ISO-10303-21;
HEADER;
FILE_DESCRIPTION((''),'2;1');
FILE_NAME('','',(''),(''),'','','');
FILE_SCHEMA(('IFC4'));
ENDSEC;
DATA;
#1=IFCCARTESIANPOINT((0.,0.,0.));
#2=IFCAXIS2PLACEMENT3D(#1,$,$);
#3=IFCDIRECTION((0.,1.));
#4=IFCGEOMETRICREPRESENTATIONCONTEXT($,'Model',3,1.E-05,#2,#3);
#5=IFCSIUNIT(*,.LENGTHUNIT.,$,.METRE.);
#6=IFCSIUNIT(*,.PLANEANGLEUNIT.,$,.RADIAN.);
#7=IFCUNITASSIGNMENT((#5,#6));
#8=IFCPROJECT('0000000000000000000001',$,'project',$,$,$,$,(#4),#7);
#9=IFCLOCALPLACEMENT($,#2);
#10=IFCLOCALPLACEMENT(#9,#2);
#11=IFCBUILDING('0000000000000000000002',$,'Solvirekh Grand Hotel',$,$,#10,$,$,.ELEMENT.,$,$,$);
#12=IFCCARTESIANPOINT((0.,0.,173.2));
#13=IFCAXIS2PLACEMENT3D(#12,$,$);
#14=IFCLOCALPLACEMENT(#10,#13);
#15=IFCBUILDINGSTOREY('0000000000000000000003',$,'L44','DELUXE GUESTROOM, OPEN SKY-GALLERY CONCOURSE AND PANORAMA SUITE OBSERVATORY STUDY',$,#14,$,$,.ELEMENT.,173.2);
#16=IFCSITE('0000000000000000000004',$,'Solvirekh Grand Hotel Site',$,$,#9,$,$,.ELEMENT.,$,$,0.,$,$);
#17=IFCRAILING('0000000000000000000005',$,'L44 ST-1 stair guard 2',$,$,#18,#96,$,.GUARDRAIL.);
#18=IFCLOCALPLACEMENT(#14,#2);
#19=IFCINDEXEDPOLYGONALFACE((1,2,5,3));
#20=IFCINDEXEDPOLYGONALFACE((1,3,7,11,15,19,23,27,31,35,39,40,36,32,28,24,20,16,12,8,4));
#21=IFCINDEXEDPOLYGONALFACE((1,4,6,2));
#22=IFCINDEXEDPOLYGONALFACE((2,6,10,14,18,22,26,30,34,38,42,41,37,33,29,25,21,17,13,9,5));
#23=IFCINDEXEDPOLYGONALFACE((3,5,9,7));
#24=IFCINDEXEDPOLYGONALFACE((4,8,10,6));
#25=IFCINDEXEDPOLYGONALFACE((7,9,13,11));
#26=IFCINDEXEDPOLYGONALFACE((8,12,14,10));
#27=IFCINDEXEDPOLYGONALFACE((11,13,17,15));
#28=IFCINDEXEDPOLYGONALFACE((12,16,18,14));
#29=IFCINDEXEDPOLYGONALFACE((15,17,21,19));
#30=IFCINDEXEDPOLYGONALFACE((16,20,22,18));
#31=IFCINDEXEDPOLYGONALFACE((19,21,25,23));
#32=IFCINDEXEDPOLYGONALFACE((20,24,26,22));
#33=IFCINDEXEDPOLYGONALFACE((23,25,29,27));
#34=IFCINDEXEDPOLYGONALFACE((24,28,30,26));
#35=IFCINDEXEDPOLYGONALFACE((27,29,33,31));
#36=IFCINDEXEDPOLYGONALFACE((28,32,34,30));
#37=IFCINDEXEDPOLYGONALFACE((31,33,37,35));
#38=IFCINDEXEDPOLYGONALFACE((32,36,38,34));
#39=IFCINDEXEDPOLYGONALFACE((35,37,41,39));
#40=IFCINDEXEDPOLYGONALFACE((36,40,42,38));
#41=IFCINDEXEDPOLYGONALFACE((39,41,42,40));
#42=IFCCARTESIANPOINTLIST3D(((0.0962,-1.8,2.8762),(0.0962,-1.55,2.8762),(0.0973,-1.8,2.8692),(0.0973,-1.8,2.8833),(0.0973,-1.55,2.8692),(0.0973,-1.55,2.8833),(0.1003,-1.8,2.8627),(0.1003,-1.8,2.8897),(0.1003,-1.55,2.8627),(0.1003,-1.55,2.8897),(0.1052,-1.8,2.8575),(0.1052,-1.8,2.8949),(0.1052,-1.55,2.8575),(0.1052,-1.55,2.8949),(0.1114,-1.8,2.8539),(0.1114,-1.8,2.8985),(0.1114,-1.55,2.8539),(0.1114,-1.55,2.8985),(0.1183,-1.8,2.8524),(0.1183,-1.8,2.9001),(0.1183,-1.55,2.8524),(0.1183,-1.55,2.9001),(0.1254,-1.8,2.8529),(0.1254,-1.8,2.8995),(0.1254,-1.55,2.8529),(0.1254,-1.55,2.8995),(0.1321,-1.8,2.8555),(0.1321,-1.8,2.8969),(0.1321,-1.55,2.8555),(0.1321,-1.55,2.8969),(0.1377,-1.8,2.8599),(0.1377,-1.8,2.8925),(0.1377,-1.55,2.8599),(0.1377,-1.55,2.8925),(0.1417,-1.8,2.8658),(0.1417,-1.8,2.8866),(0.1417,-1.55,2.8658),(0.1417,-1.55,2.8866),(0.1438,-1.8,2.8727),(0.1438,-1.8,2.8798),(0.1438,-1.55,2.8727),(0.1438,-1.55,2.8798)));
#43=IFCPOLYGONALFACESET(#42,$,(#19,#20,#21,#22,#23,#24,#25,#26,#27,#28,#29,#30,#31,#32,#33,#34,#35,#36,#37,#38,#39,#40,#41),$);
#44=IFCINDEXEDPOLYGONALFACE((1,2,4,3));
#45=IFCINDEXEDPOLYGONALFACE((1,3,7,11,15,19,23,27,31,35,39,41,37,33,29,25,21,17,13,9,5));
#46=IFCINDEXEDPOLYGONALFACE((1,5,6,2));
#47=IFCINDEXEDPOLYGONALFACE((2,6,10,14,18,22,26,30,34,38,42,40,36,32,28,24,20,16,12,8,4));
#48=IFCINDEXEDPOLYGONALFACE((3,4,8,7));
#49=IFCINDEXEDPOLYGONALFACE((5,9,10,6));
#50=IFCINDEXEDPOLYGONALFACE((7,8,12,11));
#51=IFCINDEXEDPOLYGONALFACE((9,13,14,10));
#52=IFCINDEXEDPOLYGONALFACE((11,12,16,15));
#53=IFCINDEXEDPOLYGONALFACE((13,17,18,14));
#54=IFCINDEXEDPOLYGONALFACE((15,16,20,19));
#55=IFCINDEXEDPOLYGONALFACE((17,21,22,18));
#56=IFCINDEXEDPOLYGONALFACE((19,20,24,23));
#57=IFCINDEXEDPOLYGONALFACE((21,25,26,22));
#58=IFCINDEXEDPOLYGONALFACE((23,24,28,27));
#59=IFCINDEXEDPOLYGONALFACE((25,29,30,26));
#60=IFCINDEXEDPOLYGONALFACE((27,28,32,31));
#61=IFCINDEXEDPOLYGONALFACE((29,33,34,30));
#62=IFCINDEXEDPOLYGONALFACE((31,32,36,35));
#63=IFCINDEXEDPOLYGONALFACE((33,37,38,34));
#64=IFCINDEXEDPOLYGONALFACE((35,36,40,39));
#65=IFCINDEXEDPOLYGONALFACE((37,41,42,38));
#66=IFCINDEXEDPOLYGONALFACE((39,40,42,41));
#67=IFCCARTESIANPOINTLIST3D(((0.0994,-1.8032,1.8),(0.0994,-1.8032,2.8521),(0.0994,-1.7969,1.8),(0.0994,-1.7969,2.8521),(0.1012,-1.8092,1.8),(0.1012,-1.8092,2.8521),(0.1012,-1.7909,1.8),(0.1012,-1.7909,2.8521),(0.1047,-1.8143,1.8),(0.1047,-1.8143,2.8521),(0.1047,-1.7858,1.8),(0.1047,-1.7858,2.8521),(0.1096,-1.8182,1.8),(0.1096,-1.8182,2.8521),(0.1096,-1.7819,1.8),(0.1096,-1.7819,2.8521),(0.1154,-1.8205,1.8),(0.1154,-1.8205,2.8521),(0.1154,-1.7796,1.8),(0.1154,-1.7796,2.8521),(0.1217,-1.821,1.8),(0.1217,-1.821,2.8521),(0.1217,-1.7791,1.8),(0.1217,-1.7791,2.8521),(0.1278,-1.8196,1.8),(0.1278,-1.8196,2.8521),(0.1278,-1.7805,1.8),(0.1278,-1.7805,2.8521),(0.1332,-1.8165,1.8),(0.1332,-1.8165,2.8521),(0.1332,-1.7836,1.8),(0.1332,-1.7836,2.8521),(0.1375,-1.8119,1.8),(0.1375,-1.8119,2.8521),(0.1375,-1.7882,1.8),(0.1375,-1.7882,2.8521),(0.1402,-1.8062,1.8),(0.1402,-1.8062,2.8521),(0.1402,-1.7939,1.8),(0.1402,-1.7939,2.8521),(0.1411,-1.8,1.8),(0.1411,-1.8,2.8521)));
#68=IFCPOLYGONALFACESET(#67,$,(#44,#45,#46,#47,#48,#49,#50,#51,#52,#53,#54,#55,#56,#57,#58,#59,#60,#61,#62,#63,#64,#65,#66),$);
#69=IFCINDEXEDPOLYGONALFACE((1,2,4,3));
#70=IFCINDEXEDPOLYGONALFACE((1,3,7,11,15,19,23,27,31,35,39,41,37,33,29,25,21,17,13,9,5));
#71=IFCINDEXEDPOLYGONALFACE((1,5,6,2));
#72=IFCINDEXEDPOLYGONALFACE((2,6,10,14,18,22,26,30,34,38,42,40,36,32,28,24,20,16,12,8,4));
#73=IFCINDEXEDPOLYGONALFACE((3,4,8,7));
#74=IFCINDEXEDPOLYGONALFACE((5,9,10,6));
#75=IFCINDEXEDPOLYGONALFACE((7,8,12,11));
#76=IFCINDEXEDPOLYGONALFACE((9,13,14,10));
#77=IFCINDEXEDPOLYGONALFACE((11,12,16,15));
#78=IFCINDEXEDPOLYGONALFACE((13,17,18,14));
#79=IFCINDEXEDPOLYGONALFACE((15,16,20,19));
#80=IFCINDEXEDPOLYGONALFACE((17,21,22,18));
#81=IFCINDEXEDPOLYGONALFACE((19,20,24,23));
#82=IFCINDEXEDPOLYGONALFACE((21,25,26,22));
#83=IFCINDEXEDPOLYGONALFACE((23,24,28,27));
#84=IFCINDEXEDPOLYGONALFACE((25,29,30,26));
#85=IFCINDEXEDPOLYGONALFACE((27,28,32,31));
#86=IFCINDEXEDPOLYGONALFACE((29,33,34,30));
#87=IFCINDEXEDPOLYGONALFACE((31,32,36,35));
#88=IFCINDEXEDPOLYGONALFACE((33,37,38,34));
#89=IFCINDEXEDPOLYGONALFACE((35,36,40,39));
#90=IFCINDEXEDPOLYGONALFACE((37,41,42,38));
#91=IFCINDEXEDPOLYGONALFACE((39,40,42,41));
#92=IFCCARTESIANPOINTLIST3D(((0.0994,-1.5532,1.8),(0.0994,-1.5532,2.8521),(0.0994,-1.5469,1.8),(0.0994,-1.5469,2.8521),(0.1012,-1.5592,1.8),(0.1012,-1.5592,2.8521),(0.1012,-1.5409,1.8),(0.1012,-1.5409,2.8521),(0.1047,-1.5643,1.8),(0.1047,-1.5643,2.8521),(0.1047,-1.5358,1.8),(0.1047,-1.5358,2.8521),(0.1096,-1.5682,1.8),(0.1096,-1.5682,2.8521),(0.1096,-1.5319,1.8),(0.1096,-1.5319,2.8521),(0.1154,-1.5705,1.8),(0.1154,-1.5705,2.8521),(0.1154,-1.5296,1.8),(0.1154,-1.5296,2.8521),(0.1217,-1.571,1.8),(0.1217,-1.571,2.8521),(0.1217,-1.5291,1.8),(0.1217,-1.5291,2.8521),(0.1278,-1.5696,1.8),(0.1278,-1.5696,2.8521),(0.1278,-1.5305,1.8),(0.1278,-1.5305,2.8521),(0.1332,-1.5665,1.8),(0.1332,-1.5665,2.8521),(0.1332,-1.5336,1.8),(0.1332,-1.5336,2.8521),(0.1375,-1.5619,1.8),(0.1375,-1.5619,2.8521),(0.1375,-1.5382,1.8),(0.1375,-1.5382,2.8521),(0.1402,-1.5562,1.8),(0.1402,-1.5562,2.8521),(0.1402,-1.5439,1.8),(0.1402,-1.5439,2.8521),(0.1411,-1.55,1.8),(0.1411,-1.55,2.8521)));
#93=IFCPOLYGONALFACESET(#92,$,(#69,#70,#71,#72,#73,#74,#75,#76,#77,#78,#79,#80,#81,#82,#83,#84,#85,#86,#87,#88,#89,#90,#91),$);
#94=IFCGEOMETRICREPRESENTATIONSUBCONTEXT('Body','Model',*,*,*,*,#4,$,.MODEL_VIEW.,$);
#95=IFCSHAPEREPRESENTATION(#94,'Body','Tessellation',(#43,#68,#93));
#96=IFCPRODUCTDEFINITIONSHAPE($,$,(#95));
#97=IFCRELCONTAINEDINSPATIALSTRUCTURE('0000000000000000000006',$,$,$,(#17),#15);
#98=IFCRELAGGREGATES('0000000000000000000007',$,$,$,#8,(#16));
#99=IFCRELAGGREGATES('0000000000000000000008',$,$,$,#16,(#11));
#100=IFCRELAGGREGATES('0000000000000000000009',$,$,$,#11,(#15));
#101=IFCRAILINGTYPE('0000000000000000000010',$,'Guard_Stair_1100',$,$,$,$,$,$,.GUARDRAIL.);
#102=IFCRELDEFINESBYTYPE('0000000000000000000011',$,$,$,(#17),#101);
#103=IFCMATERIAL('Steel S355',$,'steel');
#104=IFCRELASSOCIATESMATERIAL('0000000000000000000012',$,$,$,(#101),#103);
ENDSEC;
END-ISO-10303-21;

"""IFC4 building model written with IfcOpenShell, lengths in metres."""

from ifc_helpers import new_model, si_unit, direction, frame, origin, origin_2d, place, context, subcontext, project, spatial, circle, extrude, material, type_object, element, save


model = new_model("IFC4")

# Units and contexts
model_context = context("Model", 3, precision=1e-05, world=origin(), true_north=direction((0.0, 1.0)))
body_context = subcontext(model_context, "Body", "Model", "MODEL_VIEW")
ifc_project = project(units=[si_unit("LENGTHUNIT", "METRE"), si_unit("PLANEANGLEUNIT", "RADIAN")], contexts=[model_context])

# Site, building, storey
site_placement = place(None, origin())
site = spatial("IfcSite", under=ifc_project, at=site_placement, Name="Solvirekh Grand Hotel Site", CompositionType="ELEMENT", RefElevation=0.0)
building_placement = place(site_placement, origin())
building = spatial("IfcBuilding", under=site, at=building_placement, Name="Solvirekh Grand Hotel", CompositionType="ELEMENT")
storey_placement = place(building_placement, frame((0.0, 0.0, 173.2)))
storey = spatial("IfcBuildingStorey", under=building, at=storey_placement, Name="L44", Description="DELUXE GUESTROOM, OPEN SKY-GALLERY CONCOURSE AND PANORAMA SUITE OBSERVATORY STUDY", CompositionType="ELEMENT", Elevation=173.2)

# Railing
ifc_material_1 = material(Name="Steel S355", Category="steel")
railing_type_1 = type_object("IfcRailingType", Name="Guard_Stair_1100", PredefinedType="GUARDRAIL", material=ifc_material_1)
railing_1_placement = place(storey_placement, frame((0.1201, -1.8, 1.8)))
element("IfcRailing", 1, at=railing_1_placement, inside=storey, type_object=railing_type_1, Name="L44 ST-1 stair guard 2", PredefinedType="GUARDRAIL", context=body_context, shape_type="SweptSolid", body=[
    extrude(circle(Radius=0.0239, at=origin_2d()), frame((0.0, 0.0, 1.0762), z_axis=(0.0, 1.0, 0.0), x_axis=(-1.0, 0.0, 0.0)), (0.0, 0.0, 1.0), 0.25),
    extrude(circle(Radius=0.021, at=origin_2d()), origin(), (0.0, 0.0, 1.0), 1.052),
    extrude(circle(Radius=0.021, at=origin_2d()), frame((0.0, 0.25, 0.0)), (0.0, 0.0, 1.0), 1.052),
])

save(model, "model.ifc")
